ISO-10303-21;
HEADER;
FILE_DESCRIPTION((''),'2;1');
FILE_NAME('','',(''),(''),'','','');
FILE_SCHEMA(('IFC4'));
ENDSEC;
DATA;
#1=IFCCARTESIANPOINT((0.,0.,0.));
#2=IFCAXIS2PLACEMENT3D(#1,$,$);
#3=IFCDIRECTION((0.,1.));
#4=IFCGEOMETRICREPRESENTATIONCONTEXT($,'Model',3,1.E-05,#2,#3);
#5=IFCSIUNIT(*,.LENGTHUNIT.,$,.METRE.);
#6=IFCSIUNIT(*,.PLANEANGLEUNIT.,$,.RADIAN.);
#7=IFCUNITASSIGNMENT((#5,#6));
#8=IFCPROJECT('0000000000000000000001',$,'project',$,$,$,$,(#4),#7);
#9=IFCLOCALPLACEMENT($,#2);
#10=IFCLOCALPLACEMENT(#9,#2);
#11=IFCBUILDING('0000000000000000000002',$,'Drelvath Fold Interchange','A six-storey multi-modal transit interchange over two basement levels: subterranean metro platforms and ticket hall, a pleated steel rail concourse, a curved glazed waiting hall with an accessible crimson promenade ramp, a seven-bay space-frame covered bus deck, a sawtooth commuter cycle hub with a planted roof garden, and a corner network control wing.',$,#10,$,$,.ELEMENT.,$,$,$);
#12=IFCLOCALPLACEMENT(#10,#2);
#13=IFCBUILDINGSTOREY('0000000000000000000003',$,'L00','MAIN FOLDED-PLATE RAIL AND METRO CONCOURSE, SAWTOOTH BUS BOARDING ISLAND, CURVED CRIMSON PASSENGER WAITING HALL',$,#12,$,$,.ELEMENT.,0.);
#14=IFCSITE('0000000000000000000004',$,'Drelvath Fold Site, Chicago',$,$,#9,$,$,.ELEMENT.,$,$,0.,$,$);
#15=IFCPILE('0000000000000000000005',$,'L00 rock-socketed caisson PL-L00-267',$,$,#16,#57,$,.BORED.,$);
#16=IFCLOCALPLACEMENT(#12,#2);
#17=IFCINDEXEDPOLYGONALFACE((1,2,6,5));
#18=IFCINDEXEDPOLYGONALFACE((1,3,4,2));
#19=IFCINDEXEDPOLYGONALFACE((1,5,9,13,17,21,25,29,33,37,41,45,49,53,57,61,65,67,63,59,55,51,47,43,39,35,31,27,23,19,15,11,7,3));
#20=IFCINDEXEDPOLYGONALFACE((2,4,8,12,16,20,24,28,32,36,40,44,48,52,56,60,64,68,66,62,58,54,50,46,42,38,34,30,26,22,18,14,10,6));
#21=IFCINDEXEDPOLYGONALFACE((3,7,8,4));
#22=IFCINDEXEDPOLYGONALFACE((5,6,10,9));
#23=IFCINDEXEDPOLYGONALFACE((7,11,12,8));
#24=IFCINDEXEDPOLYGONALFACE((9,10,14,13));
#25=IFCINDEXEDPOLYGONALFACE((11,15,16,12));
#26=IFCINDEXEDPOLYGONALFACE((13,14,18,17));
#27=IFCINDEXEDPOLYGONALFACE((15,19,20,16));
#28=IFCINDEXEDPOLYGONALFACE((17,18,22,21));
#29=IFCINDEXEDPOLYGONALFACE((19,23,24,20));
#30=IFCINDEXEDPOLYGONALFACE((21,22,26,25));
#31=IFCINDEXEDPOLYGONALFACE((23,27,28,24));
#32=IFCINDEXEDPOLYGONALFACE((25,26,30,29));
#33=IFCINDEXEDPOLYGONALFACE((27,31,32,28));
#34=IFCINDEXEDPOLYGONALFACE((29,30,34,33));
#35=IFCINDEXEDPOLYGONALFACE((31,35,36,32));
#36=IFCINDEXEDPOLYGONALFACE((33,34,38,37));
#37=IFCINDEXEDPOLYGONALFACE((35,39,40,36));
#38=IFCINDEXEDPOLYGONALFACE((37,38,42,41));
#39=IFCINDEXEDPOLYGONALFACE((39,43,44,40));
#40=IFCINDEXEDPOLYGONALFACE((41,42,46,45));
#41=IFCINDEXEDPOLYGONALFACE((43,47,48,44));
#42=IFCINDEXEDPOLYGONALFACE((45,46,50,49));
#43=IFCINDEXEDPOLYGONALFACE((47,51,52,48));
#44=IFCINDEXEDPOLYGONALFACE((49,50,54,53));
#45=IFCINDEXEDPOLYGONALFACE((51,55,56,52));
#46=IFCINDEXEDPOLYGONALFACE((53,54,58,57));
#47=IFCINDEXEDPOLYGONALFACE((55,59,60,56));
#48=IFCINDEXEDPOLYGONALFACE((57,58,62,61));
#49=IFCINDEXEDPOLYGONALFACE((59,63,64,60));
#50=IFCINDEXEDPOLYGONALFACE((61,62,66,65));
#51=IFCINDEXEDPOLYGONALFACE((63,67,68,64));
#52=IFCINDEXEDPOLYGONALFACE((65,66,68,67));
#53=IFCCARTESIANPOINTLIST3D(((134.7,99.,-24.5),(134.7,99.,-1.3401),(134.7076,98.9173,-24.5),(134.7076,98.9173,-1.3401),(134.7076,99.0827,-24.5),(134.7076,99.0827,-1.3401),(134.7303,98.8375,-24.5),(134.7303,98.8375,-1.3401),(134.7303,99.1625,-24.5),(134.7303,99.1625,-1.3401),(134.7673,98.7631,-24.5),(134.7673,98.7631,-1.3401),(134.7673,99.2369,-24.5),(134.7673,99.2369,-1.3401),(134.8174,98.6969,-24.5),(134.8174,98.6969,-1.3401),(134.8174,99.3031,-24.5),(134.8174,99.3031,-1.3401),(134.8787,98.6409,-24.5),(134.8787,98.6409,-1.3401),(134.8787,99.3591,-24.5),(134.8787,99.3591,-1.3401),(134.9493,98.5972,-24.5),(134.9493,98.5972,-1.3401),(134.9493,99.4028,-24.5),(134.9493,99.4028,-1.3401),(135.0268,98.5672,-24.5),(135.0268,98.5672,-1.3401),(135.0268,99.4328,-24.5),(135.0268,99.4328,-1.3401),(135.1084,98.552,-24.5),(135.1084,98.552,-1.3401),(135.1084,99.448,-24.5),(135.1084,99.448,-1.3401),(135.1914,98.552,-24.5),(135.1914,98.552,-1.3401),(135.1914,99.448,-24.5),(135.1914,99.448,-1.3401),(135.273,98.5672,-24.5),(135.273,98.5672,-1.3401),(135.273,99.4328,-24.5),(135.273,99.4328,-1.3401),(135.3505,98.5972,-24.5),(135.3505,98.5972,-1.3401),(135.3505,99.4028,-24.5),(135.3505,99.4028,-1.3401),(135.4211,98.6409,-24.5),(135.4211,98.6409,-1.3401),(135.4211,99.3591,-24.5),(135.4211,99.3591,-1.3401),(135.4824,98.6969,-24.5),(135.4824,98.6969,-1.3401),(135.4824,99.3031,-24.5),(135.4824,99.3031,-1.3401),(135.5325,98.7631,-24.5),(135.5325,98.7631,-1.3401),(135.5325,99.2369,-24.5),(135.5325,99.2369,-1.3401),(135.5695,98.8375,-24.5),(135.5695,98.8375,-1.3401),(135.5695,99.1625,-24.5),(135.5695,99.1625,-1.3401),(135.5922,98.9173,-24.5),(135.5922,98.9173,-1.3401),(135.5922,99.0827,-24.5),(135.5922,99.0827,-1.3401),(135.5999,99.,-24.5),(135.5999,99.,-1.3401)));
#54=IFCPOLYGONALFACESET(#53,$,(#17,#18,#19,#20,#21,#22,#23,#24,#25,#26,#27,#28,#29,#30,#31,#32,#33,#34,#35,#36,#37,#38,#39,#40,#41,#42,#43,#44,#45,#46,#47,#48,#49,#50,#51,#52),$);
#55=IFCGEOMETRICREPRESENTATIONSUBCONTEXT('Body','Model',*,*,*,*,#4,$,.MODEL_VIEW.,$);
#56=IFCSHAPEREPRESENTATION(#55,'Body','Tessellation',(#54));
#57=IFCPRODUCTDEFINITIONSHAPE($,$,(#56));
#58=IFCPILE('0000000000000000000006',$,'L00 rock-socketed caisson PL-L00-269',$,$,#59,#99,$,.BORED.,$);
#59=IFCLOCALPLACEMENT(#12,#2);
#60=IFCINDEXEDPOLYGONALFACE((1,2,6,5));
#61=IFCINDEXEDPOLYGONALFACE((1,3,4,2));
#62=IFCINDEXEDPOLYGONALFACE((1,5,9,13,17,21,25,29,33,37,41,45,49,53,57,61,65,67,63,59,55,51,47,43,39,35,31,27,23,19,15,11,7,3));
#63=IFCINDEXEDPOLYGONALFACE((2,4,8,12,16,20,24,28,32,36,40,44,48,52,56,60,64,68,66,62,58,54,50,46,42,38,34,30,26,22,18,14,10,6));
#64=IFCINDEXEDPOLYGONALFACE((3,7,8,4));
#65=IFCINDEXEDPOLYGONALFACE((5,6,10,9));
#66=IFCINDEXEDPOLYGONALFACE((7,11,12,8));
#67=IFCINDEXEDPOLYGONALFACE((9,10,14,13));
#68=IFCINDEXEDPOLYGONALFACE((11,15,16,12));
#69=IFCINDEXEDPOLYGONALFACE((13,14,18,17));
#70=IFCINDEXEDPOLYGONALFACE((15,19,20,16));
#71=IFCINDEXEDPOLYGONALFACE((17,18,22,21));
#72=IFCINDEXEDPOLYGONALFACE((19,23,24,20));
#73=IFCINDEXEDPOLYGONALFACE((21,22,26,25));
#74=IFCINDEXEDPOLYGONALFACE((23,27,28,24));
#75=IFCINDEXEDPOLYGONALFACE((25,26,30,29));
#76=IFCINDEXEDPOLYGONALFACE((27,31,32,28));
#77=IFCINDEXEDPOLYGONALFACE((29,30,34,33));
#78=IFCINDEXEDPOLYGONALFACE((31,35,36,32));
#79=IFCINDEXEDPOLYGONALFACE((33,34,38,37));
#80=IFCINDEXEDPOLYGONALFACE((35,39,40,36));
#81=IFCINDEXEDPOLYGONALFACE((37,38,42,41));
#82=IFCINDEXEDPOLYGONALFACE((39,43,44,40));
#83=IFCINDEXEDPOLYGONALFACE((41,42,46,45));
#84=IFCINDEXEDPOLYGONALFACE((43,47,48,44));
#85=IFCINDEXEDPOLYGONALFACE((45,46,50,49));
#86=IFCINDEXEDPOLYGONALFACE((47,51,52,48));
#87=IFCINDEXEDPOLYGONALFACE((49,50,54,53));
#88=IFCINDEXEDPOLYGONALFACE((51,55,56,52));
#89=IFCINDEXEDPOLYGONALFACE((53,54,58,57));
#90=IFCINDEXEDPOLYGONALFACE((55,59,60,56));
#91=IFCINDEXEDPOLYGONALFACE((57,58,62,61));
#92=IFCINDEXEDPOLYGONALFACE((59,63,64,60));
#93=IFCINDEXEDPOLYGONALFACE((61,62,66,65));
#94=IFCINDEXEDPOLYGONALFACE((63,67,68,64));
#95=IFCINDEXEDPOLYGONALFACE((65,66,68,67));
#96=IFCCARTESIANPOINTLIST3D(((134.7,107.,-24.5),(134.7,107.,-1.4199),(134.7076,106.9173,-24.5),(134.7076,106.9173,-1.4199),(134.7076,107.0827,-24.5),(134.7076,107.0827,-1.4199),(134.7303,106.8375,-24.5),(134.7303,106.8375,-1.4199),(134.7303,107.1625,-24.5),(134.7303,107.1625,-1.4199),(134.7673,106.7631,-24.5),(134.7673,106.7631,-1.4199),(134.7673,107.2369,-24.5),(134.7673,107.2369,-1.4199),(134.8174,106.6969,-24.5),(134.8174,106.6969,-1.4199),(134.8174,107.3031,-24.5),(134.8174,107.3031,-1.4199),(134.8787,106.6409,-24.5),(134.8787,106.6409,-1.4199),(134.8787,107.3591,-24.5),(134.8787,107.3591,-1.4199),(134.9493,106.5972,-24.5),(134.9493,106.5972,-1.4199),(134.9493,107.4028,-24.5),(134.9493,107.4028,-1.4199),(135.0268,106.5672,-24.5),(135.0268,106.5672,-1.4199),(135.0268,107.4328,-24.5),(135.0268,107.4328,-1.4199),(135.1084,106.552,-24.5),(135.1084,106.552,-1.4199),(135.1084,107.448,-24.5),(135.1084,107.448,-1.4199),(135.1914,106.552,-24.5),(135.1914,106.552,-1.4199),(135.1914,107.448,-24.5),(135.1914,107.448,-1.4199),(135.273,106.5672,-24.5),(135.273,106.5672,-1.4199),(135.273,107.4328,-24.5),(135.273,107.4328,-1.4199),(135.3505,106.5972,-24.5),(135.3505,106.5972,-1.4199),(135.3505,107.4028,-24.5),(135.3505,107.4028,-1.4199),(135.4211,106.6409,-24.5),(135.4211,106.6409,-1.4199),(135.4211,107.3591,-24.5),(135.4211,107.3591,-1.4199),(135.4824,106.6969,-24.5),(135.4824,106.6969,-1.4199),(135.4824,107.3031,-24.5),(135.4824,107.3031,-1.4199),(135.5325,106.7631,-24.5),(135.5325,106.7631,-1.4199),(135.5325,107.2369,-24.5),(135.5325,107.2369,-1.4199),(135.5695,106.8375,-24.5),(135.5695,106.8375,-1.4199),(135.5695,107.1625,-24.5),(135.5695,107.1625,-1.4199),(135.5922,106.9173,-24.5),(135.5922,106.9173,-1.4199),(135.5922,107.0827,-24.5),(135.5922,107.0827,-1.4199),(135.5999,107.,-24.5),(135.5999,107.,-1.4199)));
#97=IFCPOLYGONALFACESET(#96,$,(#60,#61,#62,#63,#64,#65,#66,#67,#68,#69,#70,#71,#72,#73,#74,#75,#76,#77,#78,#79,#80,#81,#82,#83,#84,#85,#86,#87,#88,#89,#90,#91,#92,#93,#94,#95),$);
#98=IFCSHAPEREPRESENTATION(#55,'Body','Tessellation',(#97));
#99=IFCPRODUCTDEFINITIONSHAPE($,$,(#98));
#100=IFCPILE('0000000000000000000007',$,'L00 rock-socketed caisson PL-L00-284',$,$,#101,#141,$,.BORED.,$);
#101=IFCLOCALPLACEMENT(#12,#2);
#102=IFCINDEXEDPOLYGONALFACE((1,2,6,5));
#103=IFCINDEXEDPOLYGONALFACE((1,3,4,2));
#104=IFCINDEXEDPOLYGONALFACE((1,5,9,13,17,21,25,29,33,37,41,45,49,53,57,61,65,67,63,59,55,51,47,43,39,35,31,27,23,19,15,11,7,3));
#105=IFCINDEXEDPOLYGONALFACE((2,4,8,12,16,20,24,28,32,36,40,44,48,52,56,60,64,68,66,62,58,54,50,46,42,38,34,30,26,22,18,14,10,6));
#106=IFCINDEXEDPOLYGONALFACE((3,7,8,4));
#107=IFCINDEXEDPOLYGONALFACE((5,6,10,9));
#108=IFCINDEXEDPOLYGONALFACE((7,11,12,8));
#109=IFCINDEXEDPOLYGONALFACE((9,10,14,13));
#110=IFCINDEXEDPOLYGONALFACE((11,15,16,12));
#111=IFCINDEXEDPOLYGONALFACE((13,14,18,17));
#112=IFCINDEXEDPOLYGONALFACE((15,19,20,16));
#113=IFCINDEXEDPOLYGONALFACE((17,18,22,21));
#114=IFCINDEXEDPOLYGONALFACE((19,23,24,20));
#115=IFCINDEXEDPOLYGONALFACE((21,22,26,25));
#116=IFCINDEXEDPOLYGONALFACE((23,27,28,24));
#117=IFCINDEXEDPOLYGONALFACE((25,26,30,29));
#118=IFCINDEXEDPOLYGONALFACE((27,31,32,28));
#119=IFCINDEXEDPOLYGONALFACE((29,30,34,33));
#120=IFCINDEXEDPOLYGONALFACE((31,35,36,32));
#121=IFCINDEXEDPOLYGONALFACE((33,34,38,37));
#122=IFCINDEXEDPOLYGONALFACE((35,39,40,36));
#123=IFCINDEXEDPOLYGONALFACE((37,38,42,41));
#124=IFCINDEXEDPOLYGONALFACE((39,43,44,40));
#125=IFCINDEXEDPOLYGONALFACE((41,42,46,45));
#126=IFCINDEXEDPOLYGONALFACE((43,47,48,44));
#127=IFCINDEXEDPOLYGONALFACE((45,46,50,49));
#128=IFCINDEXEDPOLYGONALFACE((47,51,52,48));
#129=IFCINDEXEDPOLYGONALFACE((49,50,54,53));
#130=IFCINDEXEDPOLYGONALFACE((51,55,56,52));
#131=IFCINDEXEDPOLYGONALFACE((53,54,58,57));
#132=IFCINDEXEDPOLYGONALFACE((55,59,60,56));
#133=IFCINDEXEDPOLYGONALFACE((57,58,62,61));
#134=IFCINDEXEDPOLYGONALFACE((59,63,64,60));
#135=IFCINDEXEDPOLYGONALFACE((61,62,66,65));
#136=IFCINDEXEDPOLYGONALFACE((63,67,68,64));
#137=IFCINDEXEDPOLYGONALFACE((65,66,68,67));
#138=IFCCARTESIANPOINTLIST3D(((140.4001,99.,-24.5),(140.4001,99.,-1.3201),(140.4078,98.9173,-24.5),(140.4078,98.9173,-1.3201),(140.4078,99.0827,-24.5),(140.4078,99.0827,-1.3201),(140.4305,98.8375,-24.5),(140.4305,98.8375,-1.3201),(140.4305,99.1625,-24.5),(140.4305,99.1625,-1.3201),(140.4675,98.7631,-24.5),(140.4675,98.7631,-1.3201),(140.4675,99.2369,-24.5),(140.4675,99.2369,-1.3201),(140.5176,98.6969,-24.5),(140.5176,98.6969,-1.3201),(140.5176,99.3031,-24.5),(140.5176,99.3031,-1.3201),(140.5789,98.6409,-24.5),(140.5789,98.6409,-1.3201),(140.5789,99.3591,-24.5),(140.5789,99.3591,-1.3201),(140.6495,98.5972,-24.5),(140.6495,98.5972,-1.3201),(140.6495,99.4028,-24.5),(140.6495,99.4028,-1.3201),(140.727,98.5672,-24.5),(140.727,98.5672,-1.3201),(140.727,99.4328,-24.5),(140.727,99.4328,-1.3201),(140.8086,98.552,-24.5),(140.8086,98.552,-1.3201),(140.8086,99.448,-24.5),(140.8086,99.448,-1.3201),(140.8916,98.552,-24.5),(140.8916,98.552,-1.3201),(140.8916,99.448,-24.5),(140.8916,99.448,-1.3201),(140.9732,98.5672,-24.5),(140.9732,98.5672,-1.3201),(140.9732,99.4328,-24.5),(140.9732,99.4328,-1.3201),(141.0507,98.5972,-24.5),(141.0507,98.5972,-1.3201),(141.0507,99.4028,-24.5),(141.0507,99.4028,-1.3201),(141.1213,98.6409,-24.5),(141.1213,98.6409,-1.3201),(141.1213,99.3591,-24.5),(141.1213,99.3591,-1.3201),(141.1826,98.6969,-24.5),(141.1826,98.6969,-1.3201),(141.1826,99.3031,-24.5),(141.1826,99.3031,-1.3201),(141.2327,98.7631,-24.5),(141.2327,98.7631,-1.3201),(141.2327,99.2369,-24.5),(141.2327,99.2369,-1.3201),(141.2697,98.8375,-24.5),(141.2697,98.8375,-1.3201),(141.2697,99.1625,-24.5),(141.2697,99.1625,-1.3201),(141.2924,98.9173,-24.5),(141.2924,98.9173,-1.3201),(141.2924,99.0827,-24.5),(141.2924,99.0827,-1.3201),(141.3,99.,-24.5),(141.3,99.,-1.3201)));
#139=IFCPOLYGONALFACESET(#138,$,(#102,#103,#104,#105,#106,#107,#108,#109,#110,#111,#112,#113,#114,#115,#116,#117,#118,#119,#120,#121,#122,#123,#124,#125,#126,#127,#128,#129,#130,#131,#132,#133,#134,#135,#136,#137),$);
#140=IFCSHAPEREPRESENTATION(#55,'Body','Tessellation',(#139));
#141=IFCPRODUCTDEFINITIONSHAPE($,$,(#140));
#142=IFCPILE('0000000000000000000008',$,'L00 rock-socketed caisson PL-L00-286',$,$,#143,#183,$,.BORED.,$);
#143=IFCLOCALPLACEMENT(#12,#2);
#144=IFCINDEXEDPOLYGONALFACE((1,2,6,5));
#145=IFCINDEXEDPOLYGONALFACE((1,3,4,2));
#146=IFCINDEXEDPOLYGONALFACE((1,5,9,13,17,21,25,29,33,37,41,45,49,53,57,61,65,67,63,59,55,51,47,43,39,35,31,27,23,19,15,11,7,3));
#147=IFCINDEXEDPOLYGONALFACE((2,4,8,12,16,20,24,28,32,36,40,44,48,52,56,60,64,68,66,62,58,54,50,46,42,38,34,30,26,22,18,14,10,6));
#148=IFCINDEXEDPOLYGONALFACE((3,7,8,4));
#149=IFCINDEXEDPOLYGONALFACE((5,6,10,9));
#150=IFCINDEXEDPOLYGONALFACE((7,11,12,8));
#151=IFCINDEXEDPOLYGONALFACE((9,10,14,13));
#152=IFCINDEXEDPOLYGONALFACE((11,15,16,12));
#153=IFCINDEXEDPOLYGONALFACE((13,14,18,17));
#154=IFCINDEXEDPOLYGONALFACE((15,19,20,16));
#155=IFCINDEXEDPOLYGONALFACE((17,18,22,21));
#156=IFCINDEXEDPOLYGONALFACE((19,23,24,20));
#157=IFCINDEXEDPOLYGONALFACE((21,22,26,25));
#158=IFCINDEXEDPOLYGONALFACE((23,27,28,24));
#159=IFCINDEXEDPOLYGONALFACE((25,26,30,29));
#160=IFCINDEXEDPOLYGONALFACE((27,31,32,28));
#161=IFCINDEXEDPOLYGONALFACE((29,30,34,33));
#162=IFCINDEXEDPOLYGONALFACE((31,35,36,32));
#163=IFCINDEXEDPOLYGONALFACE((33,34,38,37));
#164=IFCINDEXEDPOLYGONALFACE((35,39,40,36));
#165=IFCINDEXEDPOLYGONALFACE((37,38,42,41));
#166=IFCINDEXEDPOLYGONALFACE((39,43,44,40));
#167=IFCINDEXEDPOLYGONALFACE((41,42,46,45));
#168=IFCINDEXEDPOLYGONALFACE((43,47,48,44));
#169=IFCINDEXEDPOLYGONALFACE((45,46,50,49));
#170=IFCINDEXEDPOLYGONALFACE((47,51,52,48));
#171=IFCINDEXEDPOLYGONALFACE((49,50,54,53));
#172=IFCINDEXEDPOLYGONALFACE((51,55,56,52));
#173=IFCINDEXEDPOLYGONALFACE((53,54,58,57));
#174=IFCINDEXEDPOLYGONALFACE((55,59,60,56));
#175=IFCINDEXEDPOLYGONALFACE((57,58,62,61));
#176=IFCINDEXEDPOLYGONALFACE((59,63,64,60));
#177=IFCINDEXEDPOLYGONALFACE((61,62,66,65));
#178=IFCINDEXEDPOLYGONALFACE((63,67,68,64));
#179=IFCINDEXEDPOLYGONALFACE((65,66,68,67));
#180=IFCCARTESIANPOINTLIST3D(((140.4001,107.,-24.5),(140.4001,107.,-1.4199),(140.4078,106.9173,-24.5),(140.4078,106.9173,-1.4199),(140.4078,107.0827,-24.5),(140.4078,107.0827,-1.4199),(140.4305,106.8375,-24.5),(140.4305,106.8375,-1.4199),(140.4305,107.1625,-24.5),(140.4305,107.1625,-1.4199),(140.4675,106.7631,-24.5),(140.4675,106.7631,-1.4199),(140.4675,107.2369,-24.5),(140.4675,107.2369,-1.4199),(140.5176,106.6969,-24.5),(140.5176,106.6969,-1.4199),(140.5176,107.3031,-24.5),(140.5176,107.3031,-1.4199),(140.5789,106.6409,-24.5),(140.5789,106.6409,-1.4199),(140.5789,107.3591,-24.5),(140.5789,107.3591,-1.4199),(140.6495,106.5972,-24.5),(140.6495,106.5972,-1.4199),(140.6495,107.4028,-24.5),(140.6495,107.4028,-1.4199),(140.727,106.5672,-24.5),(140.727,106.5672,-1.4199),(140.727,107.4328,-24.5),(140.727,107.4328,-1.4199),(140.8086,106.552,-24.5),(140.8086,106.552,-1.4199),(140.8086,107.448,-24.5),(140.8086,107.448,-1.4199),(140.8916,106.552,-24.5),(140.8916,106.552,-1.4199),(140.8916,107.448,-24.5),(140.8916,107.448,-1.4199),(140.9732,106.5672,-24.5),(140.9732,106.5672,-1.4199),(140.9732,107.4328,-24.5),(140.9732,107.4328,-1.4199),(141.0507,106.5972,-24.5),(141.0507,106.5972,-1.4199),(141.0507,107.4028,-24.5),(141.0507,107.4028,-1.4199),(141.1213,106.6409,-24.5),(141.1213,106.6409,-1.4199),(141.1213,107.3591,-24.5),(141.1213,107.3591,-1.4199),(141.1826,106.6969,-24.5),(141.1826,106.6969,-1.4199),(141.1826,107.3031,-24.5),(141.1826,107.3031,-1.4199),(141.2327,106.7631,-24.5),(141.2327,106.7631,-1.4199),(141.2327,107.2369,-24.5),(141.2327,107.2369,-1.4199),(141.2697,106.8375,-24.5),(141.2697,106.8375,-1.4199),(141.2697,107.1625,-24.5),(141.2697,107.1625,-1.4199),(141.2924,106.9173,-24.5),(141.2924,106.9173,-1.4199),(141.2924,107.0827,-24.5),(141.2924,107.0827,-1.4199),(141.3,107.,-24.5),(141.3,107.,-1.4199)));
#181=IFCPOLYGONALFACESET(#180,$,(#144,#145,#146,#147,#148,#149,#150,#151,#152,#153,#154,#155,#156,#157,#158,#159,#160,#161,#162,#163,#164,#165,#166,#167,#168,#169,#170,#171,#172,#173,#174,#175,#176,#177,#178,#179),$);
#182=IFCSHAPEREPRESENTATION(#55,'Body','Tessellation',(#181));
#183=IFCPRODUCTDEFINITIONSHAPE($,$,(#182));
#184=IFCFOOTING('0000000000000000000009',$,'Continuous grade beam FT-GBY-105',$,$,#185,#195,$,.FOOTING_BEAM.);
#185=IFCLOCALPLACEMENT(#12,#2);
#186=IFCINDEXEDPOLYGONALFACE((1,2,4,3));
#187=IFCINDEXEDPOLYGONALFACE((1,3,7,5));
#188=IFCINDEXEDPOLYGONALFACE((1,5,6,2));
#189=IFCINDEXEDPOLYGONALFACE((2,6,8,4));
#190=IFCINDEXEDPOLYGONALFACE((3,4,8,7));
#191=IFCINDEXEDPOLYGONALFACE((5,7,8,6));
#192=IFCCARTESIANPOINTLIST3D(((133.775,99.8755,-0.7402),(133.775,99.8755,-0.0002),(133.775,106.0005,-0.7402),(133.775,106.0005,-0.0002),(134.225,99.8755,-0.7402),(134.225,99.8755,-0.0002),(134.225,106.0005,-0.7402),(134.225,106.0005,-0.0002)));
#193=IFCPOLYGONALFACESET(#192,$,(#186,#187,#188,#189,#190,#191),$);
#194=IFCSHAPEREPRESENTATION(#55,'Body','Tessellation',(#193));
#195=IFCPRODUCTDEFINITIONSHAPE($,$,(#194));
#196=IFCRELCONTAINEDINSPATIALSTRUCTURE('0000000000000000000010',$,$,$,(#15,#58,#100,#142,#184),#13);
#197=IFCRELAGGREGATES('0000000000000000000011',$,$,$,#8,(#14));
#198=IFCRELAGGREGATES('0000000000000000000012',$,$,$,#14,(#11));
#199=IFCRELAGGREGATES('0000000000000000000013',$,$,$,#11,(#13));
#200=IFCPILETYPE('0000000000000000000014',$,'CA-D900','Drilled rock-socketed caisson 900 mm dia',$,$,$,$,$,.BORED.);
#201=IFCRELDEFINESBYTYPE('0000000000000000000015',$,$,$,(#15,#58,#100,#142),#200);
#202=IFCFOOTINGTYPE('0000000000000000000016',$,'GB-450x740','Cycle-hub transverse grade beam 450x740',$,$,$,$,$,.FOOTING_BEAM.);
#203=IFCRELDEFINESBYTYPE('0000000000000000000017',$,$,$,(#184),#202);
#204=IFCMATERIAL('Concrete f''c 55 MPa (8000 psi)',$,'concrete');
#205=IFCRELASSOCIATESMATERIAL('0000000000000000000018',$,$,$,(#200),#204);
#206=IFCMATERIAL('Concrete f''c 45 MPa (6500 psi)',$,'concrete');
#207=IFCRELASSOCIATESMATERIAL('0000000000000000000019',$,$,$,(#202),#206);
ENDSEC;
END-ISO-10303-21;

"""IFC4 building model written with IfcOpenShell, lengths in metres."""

from ifc_helpers import new_model, si_unit, direction, frame, origin, origin_2d, place, context, subcontext, project, spatial, rectangle, circle, extrude, material, material_profile, profile_set, type_object, element, save


model = new_model("IFC4")

# Units and contexts
model_context = context("Model", 3, precision=1e-05, world=origin(), true_north=direction((0.0, 1.0)))
body_context = subcontext(model_context, "Body", "Model", "MODEL_VIEW")
ifc_project = project(units=[si_unit("LENGTHUNIT", "METRE"), si_unit("PLANEANGLEUNIT", "RADIAN")], contexts=[model_context])

# Site, building, storey
site_placement = place(None, origin())
site = spatial("IfcSite", under=ifc_project, at=site_placement, Name="Drelvath Fold Site, Chicago", CompositionType="ELEMENT", RefElevation=0.0)
building_placement = place(site_placement, origin())
building = spatial("IfcBuilding", under=site, at=building_placement, Name="Drelvath Fold Interchange", Description="A six-storey multi-modal transit interchange over two basement levels: subterranean metro platforms and ticket hall, a pleated steel rail concourse, a curved glazed waiting hall with an accessible crimson promenade ramp, a seven-bay space-frame covered bus deck, a sawtooth commuter cycle hub with a planted roof garden, and a corner network control wing.", CompositionType="ELEMENT")
storey_placement = place(building_placement, origin())
storey = spatial("IfcBuildingStorey", under=building, at=storey_placement, Name="L00", Description="MAIN FOLDED-PLATE RAIL AND METRO CONCOURSE, SAWTOOTH BUS BOARDING ISLAND, CURVED CRIMSON PASSENGER WAITING HALL", CompositionType="ELEMENT", Elevation=0.0)

# Piles
ifc_material_1 = material(Name="Concrete f'c 55 MPa (8000 psi)", Category="concrete")
ifc_material_profile_1 = material_profile(ifc_material_1, circle(Radius=0.45, at=origin_2d()), Name="CAISSON D900")
ifc_profile_set_1 = profile_set([ifc_material_profile_1], Name="Concrete f'c 55 MPa (8000 psi)")
pile_type = type_object("IfcPileType", Name="CA-D900", Description="Drilled rock-socketed caisson 900 mm dia", PredefinedType="BORED", material=ifc_profile_set_1)
pile_1_placement = place(storey_placement, frame((135.1499, 99.0, -1.3401), z_axis=(0.0, 0.0, -1.0), x_axis=(1.0, 0.0, 0.0)))
element("IfcPile", 1, at=pile_1_placement, inside=storey, type_object=pile_type, Name="L00 rock-socketed caisson PL-L00-267", PredefinedType="BORED", context=body_context, shape_type="SweptSolid", body=[
    extrude(circle(Radius=0.45, at=origin_2d()), origin(), (0.0, 0.0, 1.0), 23.1599),
])
pile_2_placement = place(storey_placement, frame((135.1499, 107.0, -1.4199), z_axis=(0.0, 0.0, -1.0), x_axis=(1.0, 0.0, 0.0)))
element("IfcPile", 2, at=pile_2_placement, inside=storey, type_object=pile_type, Name="L00 rock-socketed caisson PL-L00-269", PredefinedType="BORED", context=body_context, shape_type="SweptSolid", body=[
    extrude(circle(Radius=0.45, at=origin_2d()), origin(), (0.0, 0.0, 1.0), 23.0801),
])
pile_3_placement = place(storey_placement, frame((140.8501, 99.0, -1.3201), z_axis=(0.0, 0.0, -1.0), x_axis=(1.0, 0.0, 0.0)))
element("IfcPile", 3, at=pile_3_placement, inside=storey, type_object=pile_type, Name="L00 rock-socketed caisson PL-L00-284", PredefinedType="BORED", context=body_context, shape_type="SweptSolid", body=[
    extrude(circle(Radius=0.45, at=origin_2d()), origin(), (0.0, 0.0, 1.0), 23.1799),
])
pile_4_placement = place(storey_placement, frame((140.8501, 107.0, -1.4199), z_axis=(0.0, 0.0, -1.0), x_axis=(1.0, 0.0, 0.0)))
element("IfcPile", 4, at=pile_4_placement, inside=storey, type_object=pile_type, Name="L00 rock-socketed caisson PL-L00-286", PredefinedType="BORED", context=body_context, shape_type="SweptSolid", body=[
    extrude(circle(Radius=0.45, at=origin_2d()), origin(), (0.0, 0.0, 1.0), 23.0801),
])

# Footing
ifc_material_2 = material(Name="Concrete f'c 45 MPa (6500 psi)", Category="concrete")
footing_type_1 = type_object("IfcFootingType", Name="GB-450x740", Description="Cycle-hub transverse grade beam 450x740", PredefinedType="FOOTING_BEAM", material=ifc_material_2)
footing_1_placement = place(storey_placement, frame((134.0, 102.938, -0.7402), z_axis=(0.0, 0.0, 1.0), x_axis=(1.0, 0.0, 0.0)))
element("IfcFooting", 5, at=footing_1_placement, inside=storey, type_object=footing_type_1, Name="Continuous grade beam FT-GBY-105", PredefinedType="FOOTING_BEAM", context=body_context, shape_type="SweptSolid", body=[
    extrude(rectangle(XDim=0.45, YDim=6.125, at=origin_2d()), origin(), (0.0, 0.0, 1.0), 0.74),
])

save(model, "model.ifc")
